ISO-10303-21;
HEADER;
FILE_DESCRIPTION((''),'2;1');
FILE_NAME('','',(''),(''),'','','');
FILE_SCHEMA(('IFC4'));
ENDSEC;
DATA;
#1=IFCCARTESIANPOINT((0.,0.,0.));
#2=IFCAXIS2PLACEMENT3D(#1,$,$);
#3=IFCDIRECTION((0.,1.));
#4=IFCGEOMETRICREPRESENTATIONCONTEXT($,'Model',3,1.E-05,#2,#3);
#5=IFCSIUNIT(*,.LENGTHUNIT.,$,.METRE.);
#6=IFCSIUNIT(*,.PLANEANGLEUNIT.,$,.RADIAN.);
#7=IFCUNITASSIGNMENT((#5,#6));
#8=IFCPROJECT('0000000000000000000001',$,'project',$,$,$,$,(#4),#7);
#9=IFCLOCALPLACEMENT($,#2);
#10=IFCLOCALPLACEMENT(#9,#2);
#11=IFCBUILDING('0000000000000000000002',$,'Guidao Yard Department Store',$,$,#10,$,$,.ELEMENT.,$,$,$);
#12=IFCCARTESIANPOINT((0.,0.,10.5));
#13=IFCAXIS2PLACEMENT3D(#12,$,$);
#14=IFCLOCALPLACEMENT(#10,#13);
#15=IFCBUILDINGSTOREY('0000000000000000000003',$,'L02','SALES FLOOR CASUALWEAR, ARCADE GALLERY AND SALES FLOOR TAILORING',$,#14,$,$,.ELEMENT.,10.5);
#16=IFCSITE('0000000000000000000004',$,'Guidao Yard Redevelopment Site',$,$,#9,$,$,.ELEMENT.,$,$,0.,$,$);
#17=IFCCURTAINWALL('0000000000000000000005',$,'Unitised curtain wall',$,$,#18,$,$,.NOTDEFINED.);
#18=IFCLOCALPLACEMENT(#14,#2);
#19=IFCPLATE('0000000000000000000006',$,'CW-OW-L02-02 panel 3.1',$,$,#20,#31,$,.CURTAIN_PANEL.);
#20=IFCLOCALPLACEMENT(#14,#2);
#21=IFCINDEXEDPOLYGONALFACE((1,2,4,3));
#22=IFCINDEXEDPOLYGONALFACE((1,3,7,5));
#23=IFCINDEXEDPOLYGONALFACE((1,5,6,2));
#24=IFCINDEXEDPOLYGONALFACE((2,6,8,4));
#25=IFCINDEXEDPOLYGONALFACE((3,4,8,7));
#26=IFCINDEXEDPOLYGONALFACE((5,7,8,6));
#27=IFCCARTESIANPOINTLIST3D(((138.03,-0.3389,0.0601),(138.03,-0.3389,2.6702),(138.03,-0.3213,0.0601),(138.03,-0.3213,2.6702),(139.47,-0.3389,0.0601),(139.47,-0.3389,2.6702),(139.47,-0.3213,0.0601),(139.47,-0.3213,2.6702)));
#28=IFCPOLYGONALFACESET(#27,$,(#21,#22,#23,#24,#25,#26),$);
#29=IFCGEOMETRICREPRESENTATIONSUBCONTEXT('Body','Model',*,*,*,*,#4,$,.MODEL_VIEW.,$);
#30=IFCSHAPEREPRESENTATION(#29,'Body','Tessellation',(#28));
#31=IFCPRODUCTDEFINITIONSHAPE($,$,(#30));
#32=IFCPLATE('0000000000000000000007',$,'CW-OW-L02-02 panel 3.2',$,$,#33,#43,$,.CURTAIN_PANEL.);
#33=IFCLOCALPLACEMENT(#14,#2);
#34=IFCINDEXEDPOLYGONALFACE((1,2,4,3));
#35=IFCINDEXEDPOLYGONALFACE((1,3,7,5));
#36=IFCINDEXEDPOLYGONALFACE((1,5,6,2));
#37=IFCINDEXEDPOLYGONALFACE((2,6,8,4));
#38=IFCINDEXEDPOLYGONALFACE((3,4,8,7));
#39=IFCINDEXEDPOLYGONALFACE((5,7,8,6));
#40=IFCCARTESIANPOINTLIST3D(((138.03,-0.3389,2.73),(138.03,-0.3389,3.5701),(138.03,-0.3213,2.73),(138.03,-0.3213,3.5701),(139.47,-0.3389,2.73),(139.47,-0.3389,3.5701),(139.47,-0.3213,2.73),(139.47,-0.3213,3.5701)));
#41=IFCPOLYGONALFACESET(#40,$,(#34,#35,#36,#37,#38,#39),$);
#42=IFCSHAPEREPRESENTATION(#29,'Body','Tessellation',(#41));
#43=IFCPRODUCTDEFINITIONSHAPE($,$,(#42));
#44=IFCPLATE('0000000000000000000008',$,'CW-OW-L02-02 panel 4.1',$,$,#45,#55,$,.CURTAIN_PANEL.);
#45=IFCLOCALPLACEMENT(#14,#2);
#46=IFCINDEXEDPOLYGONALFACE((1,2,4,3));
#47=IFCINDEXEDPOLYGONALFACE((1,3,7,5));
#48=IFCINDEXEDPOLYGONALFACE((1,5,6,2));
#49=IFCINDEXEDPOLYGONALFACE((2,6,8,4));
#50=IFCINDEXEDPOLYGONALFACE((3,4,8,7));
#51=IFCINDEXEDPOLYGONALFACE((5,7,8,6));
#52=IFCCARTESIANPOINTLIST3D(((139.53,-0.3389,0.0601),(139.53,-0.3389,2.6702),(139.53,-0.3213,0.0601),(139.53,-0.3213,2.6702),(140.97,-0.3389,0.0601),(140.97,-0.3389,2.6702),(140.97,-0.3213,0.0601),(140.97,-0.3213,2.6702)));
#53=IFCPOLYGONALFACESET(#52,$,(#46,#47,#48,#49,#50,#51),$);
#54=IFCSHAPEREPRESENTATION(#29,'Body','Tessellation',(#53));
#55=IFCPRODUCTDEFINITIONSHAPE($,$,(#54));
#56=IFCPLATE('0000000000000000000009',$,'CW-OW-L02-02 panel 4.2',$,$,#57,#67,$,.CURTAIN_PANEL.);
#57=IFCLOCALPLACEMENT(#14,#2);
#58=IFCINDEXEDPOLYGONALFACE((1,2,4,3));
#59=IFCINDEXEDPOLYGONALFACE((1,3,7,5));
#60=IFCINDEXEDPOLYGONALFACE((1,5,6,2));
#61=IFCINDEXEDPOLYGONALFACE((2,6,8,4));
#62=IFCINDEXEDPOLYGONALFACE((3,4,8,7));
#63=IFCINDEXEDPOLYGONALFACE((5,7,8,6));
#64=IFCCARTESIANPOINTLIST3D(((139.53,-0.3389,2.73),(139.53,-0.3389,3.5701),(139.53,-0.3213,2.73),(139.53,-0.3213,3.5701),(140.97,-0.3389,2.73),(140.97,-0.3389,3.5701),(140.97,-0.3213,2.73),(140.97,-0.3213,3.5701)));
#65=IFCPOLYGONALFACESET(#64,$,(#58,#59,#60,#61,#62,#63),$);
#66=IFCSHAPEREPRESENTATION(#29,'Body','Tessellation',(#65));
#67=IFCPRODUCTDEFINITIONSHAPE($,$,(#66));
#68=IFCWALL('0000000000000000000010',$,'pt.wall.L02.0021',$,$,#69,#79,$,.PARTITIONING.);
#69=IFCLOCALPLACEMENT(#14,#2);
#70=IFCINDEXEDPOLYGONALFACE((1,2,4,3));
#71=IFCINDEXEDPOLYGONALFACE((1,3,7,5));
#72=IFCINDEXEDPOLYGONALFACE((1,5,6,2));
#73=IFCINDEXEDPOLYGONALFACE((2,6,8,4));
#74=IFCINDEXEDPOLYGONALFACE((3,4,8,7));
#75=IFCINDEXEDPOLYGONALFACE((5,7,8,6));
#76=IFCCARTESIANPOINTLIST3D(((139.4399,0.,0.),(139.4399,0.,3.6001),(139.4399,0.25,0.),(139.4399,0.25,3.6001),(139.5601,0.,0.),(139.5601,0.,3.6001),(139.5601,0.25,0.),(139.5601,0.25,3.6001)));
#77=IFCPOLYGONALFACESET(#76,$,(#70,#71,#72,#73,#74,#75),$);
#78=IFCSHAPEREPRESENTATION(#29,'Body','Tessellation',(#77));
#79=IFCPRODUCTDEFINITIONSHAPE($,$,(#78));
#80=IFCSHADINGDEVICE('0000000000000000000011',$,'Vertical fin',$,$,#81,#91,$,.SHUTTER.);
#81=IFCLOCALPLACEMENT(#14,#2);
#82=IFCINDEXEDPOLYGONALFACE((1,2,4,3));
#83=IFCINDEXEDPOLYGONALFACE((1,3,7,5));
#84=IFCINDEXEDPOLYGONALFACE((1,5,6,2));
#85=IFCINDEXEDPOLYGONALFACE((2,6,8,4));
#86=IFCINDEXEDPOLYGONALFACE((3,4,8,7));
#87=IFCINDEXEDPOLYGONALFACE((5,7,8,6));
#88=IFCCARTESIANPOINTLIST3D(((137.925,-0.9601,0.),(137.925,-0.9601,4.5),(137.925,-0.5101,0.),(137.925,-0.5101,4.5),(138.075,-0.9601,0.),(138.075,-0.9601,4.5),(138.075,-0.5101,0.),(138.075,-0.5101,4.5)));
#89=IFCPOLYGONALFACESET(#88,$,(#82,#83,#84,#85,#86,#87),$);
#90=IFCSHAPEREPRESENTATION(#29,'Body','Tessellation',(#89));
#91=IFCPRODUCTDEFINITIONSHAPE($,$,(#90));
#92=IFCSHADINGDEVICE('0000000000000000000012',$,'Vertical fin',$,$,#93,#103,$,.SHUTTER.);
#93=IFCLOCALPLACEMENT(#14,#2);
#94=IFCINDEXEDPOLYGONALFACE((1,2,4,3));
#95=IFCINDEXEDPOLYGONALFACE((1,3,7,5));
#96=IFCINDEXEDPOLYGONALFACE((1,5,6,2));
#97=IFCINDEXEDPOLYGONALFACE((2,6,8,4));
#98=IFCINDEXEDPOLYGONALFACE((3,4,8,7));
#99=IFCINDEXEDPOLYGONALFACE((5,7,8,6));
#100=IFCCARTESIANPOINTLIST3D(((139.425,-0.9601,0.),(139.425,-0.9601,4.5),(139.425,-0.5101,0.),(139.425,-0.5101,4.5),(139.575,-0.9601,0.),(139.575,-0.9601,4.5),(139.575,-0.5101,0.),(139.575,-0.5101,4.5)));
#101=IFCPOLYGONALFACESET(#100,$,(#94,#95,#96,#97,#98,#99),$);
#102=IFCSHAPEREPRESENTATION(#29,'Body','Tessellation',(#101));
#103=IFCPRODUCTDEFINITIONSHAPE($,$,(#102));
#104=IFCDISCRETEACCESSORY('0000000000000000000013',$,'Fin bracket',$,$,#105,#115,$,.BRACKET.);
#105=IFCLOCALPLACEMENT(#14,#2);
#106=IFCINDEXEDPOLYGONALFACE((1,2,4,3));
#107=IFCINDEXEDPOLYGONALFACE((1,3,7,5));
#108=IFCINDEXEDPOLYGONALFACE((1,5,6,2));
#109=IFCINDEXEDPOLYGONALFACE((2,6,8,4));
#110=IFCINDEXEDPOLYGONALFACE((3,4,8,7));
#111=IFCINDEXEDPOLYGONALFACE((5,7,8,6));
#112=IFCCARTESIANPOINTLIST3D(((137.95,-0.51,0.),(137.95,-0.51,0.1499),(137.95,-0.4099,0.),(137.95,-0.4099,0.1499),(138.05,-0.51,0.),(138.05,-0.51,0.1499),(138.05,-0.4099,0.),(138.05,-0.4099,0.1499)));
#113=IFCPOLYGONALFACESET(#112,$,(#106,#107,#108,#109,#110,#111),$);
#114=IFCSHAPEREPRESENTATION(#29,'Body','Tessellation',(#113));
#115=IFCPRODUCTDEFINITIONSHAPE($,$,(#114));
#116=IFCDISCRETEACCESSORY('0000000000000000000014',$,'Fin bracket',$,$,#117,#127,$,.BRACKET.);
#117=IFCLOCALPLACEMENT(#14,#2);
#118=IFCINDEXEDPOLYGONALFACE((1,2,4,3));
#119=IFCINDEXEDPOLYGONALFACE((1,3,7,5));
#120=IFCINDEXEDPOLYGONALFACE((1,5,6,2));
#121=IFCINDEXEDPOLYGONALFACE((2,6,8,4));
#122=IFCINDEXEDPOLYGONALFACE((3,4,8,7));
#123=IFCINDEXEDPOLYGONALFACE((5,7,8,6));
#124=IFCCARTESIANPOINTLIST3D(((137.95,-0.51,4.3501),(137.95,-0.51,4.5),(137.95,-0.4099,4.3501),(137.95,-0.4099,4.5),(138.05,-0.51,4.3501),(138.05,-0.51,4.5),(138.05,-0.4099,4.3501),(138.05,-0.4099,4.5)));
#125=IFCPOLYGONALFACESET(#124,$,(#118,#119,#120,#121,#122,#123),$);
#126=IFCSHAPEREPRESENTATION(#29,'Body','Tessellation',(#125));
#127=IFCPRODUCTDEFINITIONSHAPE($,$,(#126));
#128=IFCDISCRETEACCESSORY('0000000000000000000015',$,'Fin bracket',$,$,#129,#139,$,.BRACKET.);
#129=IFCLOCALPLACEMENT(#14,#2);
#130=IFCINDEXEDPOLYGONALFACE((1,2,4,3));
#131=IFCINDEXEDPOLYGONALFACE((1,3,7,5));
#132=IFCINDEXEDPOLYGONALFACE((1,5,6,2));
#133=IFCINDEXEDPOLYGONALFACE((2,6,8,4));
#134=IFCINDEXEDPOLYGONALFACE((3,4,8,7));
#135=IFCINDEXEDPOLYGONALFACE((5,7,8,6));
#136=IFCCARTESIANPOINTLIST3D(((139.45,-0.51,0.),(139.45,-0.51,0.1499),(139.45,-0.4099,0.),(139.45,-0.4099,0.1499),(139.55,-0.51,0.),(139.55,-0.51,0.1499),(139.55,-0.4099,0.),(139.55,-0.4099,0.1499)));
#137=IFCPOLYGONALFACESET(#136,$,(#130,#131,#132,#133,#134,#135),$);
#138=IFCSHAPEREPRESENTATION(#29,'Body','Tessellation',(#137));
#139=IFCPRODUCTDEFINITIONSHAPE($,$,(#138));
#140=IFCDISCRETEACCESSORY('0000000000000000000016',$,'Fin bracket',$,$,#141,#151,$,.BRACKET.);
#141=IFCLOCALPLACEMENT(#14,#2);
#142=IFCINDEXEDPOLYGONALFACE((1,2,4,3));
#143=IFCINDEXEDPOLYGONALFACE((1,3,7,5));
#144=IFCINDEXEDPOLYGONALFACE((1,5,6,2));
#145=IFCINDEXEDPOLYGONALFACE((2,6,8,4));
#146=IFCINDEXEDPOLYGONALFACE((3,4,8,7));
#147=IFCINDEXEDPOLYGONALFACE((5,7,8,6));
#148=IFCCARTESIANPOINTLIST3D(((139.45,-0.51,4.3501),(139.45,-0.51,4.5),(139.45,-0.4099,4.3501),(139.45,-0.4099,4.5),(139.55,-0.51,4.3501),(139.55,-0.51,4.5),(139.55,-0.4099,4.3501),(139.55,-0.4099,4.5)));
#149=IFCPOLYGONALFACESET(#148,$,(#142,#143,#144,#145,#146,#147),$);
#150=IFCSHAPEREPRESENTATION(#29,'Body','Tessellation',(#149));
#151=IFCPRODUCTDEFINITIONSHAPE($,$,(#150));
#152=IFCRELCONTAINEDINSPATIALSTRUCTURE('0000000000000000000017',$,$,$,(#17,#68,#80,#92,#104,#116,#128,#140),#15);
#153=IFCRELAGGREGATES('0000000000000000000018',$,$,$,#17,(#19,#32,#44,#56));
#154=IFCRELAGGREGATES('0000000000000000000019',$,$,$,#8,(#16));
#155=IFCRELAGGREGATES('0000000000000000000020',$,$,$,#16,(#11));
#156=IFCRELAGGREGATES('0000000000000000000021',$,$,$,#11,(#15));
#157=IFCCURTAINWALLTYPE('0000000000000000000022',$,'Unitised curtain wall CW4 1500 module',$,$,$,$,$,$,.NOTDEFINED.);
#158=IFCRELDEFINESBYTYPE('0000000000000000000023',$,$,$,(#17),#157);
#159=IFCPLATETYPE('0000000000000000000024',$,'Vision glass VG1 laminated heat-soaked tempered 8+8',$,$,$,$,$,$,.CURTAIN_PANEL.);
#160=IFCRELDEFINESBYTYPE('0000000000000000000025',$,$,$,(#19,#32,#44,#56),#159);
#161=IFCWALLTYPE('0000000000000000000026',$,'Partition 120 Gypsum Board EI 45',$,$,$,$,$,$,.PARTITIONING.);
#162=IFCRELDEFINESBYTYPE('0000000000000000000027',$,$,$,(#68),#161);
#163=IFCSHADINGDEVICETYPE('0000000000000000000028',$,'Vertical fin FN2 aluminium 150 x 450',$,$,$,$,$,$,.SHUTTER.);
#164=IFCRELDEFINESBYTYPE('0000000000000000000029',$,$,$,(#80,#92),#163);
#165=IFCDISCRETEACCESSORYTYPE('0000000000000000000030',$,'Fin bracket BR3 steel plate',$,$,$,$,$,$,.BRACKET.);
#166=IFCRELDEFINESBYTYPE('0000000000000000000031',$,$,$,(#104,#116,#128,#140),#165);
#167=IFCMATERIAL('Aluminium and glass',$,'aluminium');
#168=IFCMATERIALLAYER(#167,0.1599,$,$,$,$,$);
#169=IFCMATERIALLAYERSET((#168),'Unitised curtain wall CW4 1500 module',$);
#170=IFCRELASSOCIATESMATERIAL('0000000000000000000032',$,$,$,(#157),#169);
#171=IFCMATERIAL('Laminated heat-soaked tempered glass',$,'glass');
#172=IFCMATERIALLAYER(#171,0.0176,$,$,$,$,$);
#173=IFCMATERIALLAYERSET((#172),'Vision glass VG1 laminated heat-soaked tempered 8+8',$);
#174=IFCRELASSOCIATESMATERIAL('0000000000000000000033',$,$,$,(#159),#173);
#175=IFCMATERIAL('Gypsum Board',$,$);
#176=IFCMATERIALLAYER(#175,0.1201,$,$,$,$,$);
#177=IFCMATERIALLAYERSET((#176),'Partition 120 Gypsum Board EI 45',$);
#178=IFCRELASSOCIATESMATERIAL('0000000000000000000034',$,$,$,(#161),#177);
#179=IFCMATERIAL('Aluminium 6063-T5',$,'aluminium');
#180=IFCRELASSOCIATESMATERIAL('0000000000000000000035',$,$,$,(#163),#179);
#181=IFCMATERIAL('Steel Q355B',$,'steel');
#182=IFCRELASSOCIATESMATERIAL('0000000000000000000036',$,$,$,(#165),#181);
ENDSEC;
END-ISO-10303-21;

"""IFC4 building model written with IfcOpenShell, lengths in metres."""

from ifc_helpers import new_model, si_unit, direction, frame, frame_2d, origin, origin_2d, place, context, subcontext, project, spatial, rectangle, extrude, material, layer, layer_set, type_object, element, aggregate, save


model = new_model("IFC4")

# Units and contexts
model_context = context("Model", 3, precision=1e-05, world=origin(), true_north=direction((0.0, 1.0)))
body_context = subcontext(model_context, "Body", "Model", "MODEL_VIEW")
ifc_project = project(units=[si_unit("LENGTHUNIT", "METRE"), si_unit("PLANEANGLEUNIT", "RADIAN")], contexts=[model_context])

# Site, building, storey
site_placement = place(None, origin())
site = spatial("IfcSite", under=ifc_project, at=site_placement, Name="Guidao Yard Redevelopment Site", CompositionType="ELEMENT", RefElevation=0.0)
building_placement = place(site_placement, origin())
building = spatial("IfcBuilding", under=site, at=building_placement, Name="Guidao Yard Department Store", CompositionType="ELEMENT")
storey_placement = place(building_placement, frame((0.0, 0.0, 10.5)))
storey = spatial("IfcBuildingStorey", under=building, at=storey_placement, Name="L02", Description="SALES FLOOR CASUALWEAR, ARCADE GALLERY AND SALES FLOOR TAILORING", CompositionType="ELEMENT", Elevation=10.5)

# Curtain wall, plates
ifc_material_1 = material(Name="Aluminium and glass", Category="aluminium")
ifc_layer_1 = layer(ifc_material_1, 0.1599)
ifc_layer_set_1 = layer_set([ifc_layer_1], Name="Unitised curtain wall CW4 1500 module")
curtain_wall_type = type_object("IfcCurtainWallType", Name="Unitised curtain wall CW4 1500 module", PredefinedType="NOTDEFINED", material=ifc_layer_set_1)
curtain_wall_placement = place(storey_placement, origin())
curtain_wall = element("IfcCurtainWall", 1, at=curtain_wall_placement, inside=storey, type_object=curtain_wall_type, Name="Unitised curtain wall", PredefinedType="NOTDEFINED")
ifc_material_2 = material(Name="Laminated heat-soaked tempered glass", Category="glass")
ifc_layer_2 = layer(ifc_material_2, 0.0176)
ifc_layer_set_2 = layer_set([ifc_layer_2], Name="Vision glass VG1 laminated heat-soaked tempered 8+8")
plate_type_1 = type_object("IfcPlateType", Name="Vision glass VG1 laminated heat-soaked tempered 8+8", PredefinedType="CURTAIN_PANEL", material=ifc_layer_set_2)
plate_1_placement = place(storey_placement, frame((138.75, -0.3301, 0.0601), z_axis=(0.0, 0.0, 1.0), x_axis=(-1.0, 0.0, 0.0)))
plate_1 = element("IfcPlate", 2, at=plate_1_placement, type_object=plate_type_1, Name="CW-OW-L02-02 panel 3.1", PredefinedType="CURTAIN_PANEL", context=body_context, shape_type="SweptSolid", body=[
    extrude(rectangle(XDim=1.4399, YDim=0.0176, at=origin_2d()), origin(), (0.0, 0.0, 1.0), 2.6101),
])
plate_2_placement = place(storey_placement, frame((138.75, -0.3301, 2.73), z_axis=(0.0, 0.0, 1.0), x_axis=(-1.0, 0.0, 0.0)))
plate_2 = element("IfcPlate", 3, at=plate_2_placement, type_object=plate_type_1, Name="CW-OW-L02-02 panel 3.2", PredefinedType="CURTAIN_PANEL", context=body_context, shape_type="SweptSolid", body=[
    extrude(rectangle(XDim=1.4399, YDim=0.0176, at=origin_2d()), origin(), (0.0, 0.0, 1.0), 0.8401),
])
plate_3_placement = place(storey_placement, frame((140.25, -0.3301, 0.0601), z_axis=(0.0, 0.0, 1.0), x_axis=(-1.0, 0.0, 0.0)))
plate_3 = element("IfcPlate", 4, at=plate_3_placement, type_object=plate_type_1, Name="CW-OW-L02-02 panel 4.1", PredefinedType="CURTAIN_PANEL", context=body_context, shape_type="SweptSolid", body=[
    extrude(rectangle(XDim=1.4399, YDim=0.0176, at=origin_2d()), origin(), (0.0, 0.0, 1.0), 2.6101),
])
plate_4_placement = place(storey_placement, frame((140.25, -0.3301, 2.73), z_axis=(0.0, 0.0, 1.0), x_axis=(-1.0, 0.0, 0.0)))
plate_4 = element("IfcPlate", 5, at=plate_4_placement, type_object=plate_type_1, Name="CW-OW-L02-02 panel 4.2", PredefinedType="CURTAIN_PANEL", context=body_context, shape_type="SweptSolid", body=[
    extrude(rectangle(XDim=1.4399, YDim=0.0176, at=origin_2d()), origin(), (0.0, 0.0, 1.0), 0.8401),
])
aggregate(curtain_wall, [plate_1, plate_2, plate_3, plate_4])

# Wall
ifc_material_3 = material(Name="Gypsum Board")
ifc_layer_3 = layer(ifc_material_3, 0.1201)
ifc_layer_set_3 = layer_set([ifc_layer_3], Name="Partition 120 Gypsum Board EI 45")
wall_type = type_object("IfcWallType", Name="Partition 120 Gypsum Board EI 45", PredefinedType="PARTITIONING", material=ifc_layer_set_3)
wall_placement = place(storey_placement, frame((139.5, 0.0, 0.0), z_axis=(0.0, 0.0, 1.0), x_axis=(0.0, 1.0, 0.0)))
element("IfcWall", 6, at=wall_placement, inside=storey, type_object=wall_type, Name="pt.wall.L02.0021", PredefinedType="PARTITIONING", context=body_context, shape_type="SweptSolid", body=[
    extrude(rectangle(XDim=0.25, YDim=0.1201, at=frame_2d((0.125, 0.0))), origin(), (0.0, 0.0, 1.0), 3.6001),
])

# Shading devices
ifc_material_4 = material(Name="Aluminium 6063-T5", Category="aluminium")
shading_device_type = type_object("IfcShadingDeviceType", Name="Vertical fin FN2 aluminium 150 x 450", PredefinedType="SHUTTER", material=ifc_material_4)
for number, where, z_axis, x_axis, name in (
    (7, (138.0, -0.7351, 0.0), (0.0, 0.0, 1.0), (-1.0, 0.0, 0.0), "Vertical fin"),
    (8, (139.5, -0.7351, 0.0), (0.0, 0.0, 1.0), (-1.0, 0.0, 0.0), "Vertical fin"),
):
    element("IfcShadingDevice", number, at=place(storey_placement, frame(where, z_axis=z_axis, x_axis=x_axis)), inside=storey, type_object=shading_device_type, Name=name, PredefinedType="SHUTTER", context=body_context, shape_type="SweptSolid", body=[
        extrude(rectangle(XDim=0.1499, YDim=0.45, at=origin_2d()), origin(), (0.0, 0.0, 1.0), 4.5),
    ])

# Discrete accessories
ifc_material_5 = material(Name="Steel Q355B", Category="steel")
discrete_accessory_type = type_object("IfcDiscreteAccessoryType", Name="Fin bracket BR3 steel plate", PredefinedType="BRACKET", material=ifc_material_5)
for number, where, z_axis, x_axis, name in (
    (9, (138.0, -0.46, 0.0), (0.0, 0.0, 1.0), (-1.0, 0.0, 0.0), "Fin bracket"),
    (10, (138.0, -0.46, 4.3501), (0.0, 0.0, 1.0), (-1.0, 0.0, 0.0), "Fin bracket"),
    (11, (139.5, -0.46, 0.0), (0.0, 0.0, 1.0), (-1.0, 0.0, 0.0), "Fin bracket"),
    (12, (139.5, -0.46, 4.3501), (0.0, 0.0, 1.0), (-1.0, 0.0, 0.0), "Fin bracket"),
):
    element("IfcDiscreteAccessory", number, at=place(storey_placement, frame(where, z_axis=z_axis, x_axis=x_axis)), inside=storey, type_object=discrete_accessory_type, Name=name, PredefinedType="BRACKET", context=body_context, shape_type="SweptSolid", body=[
        extrude(rectangle(XDim=0.1001, YDim=0.1001, at=origin_2d()), origin(), (0.0, 0.0, 1.0), 0.1499),
    ])

save(model, "model.ifc")
